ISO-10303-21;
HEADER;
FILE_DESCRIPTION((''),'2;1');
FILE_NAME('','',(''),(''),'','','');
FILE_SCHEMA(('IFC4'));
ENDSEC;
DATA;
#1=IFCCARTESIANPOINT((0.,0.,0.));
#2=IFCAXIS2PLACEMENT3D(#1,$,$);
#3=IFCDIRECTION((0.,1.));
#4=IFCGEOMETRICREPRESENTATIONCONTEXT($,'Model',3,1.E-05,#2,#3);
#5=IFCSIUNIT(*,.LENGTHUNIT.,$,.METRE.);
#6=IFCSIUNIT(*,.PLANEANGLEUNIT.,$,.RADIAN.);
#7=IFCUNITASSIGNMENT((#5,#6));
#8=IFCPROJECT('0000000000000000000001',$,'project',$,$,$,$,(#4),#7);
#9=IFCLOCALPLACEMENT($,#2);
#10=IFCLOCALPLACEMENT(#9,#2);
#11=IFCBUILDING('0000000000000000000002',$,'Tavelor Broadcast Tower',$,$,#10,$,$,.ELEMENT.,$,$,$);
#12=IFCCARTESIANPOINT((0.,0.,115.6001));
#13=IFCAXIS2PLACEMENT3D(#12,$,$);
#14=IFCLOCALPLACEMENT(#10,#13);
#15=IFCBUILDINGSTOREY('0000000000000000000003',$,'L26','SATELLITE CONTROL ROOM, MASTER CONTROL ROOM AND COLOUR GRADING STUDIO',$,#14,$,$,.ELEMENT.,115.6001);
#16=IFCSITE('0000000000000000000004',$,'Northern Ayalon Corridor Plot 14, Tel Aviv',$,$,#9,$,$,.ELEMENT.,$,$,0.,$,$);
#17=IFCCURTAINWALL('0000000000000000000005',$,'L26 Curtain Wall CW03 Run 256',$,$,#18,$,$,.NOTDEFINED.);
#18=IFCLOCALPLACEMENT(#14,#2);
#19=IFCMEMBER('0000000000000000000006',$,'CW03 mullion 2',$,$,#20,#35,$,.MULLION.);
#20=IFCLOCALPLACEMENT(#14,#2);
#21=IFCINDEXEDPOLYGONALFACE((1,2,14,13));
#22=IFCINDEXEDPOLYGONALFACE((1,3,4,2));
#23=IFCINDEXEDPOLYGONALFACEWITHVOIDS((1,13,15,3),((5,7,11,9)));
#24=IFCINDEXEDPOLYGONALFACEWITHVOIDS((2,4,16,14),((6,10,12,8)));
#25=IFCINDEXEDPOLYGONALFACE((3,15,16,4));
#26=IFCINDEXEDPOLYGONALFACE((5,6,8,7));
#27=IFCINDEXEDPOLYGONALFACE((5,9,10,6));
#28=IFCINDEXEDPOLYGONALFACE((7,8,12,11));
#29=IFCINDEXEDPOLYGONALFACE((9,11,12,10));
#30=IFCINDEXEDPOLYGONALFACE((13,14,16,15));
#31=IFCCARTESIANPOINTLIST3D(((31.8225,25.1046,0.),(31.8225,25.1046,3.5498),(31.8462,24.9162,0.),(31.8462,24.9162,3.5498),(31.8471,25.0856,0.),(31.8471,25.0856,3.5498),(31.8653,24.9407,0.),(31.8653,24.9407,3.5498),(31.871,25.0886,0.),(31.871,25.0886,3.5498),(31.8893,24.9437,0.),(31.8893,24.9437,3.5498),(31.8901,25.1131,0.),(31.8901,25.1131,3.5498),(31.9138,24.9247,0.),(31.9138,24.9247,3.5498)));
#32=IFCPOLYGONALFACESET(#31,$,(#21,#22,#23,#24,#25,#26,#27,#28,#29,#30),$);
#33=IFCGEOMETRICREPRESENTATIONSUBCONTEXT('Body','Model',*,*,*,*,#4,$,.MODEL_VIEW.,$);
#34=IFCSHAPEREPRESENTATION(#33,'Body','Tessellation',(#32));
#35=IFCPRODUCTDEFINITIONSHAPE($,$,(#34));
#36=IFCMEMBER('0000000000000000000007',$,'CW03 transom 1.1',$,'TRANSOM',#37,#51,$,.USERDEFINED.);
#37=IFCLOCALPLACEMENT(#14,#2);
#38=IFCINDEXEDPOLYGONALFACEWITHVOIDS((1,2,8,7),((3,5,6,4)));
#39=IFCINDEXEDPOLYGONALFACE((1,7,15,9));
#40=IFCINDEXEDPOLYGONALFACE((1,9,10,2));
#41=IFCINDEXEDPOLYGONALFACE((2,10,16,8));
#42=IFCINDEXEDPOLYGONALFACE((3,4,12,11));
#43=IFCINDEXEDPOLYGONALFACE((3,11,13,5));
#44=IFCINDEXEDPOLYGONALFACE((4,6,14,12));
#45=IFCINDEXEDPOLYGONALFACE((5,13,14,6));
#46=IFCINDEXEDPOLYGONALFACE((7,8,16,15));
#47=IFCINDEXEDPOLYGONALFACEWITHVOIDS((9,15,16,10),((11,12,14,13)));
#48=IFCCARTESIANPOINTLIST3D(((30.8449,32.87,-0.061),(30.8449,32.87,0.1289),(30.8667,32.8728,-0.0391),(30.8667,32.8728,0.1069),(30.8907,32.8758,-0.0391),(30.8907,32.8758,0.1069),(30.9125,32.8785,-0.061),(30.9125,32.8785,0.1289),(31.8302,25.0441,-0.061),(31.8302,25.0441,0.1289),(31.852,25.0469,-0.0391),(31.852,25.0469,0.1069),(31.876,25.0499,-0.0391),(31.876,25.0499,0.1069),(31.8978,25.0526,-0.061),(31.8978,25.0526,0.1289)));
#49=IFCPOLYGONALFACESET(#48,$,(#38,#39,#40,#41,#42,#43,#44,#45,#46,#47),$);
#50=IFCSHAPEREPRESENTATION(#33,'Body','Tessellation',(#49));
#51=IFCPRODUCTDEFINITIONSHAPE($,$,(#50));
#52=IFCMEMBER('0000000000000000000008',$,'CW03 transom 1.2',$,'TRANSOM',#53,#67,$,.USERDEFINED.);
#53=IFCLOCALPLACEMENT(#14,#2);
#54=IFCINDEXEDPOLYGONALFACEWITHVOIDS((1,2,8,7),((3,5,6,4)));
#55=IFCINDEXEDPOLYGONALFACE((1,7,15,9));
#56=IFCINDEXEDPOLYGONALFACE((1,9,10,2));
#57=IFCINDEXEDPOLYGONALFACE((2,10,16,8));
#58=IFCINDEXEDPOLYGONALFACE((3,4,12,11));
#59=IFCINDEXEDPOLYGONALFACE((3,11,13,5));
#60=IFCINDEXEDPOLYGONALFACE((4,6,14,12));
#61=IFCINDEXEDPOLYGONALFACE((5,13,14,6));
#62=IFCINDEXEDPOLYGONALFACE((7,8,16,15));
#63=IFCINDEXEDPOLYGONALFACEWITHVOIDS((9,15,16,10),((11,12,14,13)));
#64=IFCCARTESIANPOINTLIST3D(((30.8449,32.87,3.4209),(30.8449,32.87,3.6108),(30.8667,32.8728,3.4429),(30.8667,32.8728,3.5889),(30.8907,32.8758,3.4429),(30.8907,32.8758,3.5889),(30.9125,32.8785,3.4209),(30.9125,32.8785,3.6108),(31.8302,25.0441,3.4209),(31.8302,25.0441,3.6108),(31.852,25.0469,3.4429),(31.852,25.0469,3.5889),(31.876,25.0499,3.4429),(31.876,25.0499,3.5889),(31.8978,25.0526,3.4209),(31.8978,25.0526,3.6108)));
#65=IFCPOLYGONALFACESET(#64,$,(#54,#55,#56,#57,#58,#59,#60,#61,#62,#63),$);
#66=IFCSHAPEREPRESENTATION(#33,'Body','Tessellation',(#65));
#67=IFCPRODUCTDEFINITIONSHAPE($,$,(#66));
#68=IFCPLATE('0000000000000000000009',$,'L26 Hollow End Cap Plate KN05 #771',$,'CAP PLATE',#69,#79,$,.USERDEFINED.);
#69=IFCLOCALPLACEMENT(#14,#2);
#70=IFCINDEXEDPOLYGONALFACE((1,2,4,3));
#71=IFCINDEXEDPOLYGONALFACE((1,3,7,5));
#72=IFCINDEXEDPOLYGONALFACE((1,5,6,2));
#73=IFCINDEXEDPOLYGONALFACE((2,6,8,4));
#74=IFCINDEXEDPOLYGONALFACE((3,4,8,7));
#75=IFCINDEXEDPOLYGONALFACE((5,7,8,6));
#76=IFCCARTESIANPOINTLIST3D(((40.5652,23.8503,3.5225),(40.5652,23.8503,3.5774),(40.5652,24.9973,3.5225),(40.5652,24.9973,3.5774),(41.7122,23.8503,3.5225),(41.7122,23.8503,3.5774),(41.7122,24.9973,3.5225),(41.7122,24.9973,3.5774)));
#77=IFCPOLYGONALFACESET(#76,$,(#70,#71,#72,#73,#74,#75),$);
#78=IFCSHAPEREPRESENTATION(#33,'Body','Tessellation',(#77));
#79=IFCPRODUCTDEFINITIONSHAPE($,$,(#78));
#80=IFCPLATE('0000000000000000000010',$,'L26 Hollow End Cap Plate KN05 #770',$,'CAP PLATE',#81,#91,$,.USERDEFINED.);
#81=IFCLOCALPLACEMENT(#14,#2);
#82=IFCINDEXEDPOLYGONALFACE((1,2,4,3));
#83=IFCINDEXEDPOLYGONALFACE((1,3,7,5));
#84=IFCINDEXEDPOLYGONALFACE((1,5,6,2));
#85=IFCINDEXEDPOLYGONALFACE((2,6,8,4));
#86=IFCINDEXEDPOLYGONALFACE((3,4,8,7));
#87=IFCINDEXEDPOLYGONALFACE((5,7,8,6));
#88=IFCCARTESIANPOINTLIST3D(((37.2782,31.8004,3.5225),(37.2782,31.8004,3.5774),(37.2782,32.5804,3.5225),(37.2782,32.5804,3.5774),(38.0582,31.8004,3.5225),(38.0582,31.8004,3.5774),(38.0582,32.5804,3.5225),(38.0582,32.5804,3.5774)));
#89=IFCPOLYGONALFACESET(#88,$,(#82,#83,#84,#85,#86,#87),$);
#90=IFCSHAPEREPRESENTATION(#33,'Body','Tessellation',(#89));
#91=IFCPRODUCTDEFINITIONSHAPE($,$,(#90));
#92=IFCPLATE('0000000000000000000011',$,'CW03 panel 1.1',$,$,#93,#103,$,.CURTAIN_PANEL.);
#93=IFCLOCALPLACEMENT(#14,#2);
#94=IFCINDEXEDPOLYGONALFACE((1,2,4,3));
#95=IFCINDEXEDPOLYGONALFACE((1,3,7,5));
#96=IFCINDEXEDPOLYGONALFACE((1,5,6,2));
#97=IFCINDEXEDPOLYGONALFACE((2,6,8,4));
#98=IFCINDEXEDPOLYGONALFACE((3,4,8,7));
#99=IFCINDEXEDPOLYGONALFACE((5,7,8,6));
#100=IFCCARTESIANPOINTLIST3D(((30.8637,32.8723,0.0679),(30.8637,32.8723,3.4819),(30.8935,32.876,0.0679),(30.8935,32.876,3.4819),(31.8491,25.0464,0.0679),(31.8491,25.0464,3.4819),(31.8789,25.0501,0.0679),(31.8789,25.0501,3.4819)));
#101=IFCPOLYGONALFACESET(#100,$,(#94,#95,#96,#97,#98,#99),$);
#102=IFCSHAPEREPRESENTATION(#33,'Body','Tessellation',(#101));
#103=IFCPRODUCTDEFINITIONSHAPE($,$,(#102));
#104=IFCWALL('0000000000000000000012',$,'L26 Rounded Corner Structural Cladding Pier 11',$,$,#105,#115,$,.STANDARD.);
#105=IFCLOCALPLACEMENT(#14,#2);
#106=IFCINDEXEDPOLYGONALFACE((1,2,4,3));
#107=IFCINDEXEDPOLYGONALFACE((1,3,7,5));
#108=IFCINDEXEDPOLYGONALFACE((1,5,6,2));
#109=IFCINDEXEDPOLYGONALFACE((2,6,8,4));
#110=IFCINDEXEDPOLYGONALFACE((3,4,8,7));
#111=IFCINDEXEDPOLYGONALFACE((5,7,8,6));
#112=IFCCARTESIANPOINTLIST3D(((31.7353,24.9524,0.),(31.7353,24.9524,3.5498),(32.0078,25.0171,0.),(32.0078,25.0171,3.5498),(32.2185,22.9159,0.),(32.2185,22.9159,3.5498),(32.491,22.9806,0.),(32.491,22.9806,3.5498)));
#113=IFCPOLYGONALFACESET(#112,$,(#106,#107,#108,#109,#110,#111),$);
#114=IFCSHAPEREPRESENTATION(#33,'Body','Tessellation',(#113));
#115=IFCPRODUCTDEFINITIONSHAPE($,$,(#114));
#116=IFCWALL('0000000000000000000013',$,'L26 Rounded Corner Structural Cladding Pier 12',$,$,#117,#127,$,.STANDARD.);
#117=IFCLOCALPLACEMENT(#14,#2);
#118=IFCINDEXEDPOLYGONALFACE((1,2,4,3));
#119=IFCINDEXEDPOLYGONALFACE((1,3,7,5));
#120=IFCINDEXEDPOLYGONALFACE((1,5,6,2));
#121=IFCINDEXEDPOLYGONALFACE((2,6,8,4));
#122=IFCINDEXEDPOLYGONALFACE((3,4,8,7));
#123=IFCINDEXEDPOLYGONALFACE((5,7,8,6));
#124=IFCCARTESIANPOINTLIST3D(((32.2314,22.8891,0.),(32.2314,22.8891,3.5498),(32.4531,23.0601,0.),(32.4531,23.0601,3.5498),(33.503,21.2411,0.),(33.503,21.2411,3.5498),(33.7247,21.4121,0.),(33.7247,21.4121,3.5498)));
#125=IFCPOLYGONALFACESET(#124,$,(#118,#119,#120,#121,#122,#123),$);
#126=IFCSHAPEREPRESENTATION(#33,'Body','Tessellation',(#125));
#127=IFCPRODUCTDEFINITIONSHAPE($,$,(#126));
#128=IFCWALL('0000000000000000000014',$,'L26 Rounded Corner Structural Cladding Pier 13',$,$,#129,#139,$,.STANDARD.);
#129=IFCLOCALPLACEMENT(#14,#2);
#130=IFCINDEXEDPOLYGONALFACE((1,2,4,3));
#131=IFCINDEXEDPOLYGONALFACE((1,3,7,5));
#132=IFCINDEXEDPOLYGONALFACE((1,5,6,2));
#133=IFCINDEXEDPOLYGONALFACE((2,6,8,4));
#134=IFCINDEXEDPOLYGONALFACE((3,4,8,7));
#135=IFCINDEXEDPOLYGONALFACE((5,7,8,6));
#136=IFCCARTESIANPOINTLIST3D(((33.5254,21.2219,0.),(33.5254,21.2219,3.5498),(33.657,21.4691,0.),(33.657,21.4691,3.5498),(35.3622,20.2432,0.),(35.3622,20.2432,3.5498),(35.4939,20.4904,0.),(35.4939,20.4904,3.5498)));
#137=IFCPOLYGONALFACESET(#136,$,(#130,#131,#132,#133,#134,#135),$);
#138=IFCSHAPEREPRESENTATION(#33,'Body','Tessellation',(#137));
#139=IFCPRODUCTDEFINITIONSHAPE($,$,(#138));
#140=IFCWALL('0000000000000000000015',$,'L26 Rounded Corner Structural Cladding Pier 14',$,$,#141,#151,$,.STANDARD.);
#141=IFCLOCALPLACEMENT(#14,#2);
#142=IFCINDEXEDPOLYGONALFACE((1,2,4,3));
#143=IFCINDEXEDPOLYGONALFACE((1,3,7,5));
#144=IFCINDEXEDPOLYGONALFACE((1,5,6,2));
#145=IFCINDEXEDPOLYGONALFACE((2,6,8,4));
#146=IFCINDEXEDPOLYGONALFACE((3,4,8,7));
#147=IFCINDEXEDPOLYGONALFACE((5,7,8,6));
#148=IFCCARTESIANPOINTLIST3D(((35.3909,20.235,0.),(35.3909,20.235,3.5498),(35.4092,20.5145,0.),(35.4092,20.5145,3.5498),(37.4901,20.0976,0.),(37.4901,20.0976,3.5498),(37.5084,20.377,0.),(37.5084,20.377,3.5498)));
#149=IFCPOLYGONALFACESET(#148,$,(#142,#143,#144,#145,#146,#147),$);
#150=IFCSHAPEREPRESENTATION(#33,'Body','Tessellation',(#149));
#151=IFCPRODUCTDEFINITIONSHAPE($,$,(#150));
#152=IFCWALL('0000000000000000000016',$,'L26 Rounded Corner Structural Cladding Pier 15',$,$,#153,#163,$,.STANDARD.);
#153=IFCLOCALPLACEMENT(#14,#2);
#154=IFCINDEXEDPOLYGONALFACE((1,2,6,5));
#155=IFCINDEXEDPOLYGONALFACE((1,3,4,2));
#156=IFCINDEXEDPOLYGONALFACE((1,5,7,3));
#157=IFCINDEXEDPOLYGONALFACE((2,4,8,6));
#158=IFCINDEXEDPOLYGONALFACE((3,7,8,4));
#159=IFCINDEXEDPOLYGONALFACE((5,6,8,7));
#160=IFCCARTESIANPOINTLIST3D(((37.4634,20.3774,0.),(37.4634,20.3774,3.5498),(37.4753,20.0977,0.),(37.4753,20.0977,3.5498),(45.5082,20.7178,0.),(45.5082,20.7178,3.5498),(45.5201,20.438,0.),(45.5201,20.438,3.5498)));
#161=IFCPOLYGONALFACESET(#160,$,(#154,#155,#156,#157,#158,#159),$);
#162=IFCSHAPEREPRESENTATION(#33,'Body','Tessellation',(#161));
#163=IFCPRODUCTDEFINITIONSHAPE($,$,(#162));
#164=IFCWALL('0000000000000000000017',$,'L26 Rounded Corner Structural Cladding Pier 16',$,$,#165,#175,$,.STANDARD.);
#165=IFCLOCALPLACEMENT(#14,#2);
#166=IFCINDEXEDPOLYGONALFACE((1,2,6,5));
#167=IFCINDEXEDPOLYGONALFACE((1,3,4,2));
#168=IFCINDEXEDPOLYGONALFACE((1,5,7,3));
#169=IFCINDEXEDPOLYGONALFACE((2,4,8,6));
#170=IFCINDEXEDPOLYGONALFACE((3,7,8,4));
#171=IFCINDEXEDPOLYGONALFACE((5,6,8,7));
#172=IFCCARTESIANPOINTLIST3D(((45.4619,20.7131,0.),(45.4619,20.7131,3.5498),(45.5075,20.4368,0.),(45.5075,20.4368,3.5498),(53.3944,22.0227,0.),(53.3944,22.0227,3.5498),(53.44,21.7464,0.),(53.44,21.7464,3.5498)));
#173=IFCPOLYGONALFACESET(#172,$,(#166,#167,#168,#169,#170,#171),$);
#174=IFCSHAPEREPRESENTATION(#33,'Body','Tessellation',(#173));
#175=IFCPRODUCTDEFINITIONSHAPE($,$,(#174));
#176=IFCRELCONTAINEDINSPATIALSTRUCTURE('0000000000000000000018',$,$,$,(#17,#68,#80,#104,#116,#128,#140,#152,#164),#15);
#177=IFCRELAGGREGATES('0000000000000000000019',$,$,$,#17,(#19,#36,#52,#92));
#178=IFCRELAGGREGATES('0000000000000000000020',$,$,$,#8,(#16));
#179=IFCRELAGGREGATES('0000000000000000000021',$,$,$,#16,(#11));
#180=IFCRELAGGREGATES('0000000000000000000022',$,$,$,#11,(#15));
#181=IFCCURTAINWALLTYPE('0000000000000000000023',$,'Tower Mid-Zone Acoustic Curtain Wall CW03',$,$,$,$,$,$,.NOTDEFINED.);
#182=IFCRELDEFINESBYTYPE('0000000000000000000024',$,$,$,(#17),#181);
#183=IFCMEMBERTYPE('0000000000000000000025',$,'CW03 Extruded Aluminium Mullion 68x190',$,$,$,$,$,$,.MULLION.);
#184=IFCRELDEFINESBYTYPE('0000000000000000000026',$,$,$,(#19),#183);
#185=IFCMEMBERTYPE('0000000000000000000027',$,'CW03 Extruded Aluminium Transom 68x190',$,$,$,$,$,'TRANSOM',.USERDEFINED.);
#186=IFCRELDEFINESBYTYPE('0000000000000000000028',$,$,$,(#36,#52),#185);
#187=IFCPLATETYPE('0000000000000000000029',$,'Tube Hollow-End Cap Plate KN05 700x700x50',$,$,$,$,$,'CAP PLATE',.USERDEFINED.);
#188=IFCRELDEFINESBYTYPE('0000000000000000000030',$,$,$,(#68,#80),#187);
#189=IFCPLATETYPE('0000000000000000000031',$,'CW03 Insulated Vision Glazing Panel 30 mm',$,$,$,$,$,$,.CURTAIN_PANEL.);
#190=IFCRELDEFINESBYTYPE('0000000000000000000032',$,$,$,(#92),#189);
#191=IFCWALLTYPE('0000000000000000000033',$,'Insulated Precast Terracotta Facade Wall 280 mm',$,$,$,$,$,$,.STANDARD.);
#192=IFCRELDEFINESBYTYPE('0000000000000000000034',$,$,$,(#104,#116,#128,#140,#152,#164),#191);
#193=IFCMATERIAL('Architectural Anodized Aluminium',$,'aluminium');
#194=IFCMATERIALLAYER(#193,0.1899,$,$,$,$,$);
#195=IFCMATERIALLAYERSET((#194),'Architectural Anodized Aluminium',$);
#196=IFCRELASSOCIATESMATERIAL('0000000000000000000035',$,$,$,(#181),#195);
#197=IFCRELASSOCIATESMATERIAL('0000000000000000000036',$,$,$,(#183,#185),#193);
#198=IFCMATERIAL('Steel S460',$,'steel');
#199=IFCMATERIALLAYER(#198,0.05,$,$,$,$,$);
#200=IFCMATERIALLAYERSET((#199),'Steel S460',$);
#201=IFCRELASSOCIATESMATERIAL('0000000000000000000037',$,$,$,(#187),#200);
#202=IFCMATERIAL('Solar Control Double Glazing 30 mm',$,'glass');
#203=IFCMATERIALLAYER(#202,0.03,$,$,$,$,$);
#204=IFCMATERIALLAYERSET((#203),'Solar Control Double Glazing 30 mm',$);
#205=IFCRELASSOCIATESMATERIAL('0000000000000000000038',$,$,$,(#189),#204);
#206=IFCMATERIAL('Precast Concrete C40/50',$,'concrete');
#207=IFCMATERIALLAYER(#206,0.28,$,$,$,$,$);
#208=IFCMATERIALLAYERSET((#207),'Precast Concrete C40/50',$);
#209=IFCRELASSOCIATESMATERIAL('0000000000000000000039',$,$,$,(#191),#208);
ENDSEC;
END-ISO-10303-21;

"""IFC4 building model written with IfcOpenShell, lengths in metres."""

from ifc_helpers import new_model, si_unit, direction, frame, frame_2d, origin, origin_2d, place, context, subcontext, project, spatial, rectangle, hollow_rectangle, extrude, source, transform, mapped, material, layer, layer_set, material_profile, profile_set, type_object, type_shapes, element, aggregate, save


model = new_model("IFC4")

# Units and contexts
model_context = context("Model", 3, precision=1e-05, world=origin(), true_north=direction((0.0, 1.0)))
body_context = subcontext(model_context, "Body", "Model", "MODEL_VIEW")
ifc_project = project(units=[si_unit("LENGTHUNIT", "METRE"), si_unit("PLANEANGLEUNIT", "RADIAN")], contexts=[model_context])

# Site, building, storey
site_placement = place(None, origin())
site = spatial("IfcSite", under=ifc_project, at=site_placement, Name="Northern Ayalon Corridor Plot 14, Tel Aviv", CompositionType="ELEMENT", RefElevation=0.0)
building_placement = place(site_placement, origin())
building = spatial("IfcBuilding", under=site, at=building_placement, Name="Tavelor Broadcast Tower", CompositionType="ELEMENT")
storey_placement = place(building_placement, frame((0.0, 0.0, 115.6001)))
storey = spatial("IfcBuildingStorey", under=building, at=storey_placement, Name="L26", Description="SATELLITE CONTROL ROOM, MASTER CONTROL ROOM AND COLOUR GRADING STUDIO", CompositionType="ELEMENT", Elevation=115.6001)

# Shared definitions
ifc_material_1 = material(Name="Steel S460", Category="steel")

# Curtain wall, members
ifc_material_2 = material(Name="Architectural Anodized Aluminium", Category="aluminium")
ifc_layer_1 = layer(ifc_material_2, 0.1899)
ifc_layer_set_1 = layer_set([ifc_layer_1], Name="Architectural Anodized Aluminium")
curtain_wall_type = type_object("IfcCurtainWallType", Name="Tower Mid-Zone Acoustic Curtain Wall CW03", PredefinedType="NOTDEFINED", material=ifc_layer_set_1)
curtain_wall_placement = place(storey_placement, origin())
curtain_wall = element("IfcCurtainWall", 1, at=curtain_wall_placement, inside=storey, type_object=curtain_wall_type, Name="L26 Curtain Wall CW03 Run 256", PredefinedType="NOTDEFINED")
ifc_material_profile_1 = material_profile(ifc_material_2, hollow_rectangle(XDim=0.0681, YDim=0.1899, WallThickness=0.022, at=origin_2d()), Name="RHS 68x190x22")
ifc_profile_set_1 = profile_set([ifc_material_profile_1], Name="Architectural Anodized Aluminium")
member_type_1 = type_object("IfcMemberType", Name="CW03 Extruded Aluminium Mullion 68x190", PredefinedType="MULLION", material=ifc_profile_set_1)
shared_shape_1 = source(origin(), body_context, "Body", "SweptSolid", [
    extrude(hollow_rectangle(XDim=0.0681, YDim=0.1899, WallThickness=0.022, at=origin_2d()), origin(), (0.0, 0.0, 1.0), 3.5498),
])
type_shapes(member_type_1, [shared_shape_1])
member_1_placement = place(storey_placement, frame((31.8682, 25.0146, 0.0), z_axis=(0.0, 0.0, 1.0), x_axis=(0.992166, 0.124929, 0.0)))
member_1 = element("IfcMember", 2, at=member_1_placement, type_object=member_type_1, Name="CW03 mullion 2", PredefinedType="MULLION", context=body_context, shape_type="MappedRepresentation", body=[
    mapped(shared_shape_1, transform((0.0, 0.0, 0.0), scale=1.0)),
])
ifc_material_profile_2 = material_profile(ifc_material_2, hollow_rectangle(XDim=0.0681, YDim=0.1899, WallThickness=0.022, at=origin_2d()), Name="RHS 68x190x22")
ifc_profile_set_2 = profile_set([ifc_material_profile_2], Name="Architectural Anodized Aluminium")
member_type_2 = type_object("IfcMemberType", Name="CW03 Extruded Aluminium Transom 68x190", ElementType="TRANSOM", PredefinedType="USERDEFINED", material=ifc_profile_set_2)
shared_shape_2 = source(origin(), body_context, "Body", "SweptSolid", [
    extrude(hollow_rectangle(XDim=0.0681, YDim=0.1899, WallThickness=0.022, at=origin_2d()), origin(), (0.0, 0.0, 1.0), 7.8877),
])
type_shapes(member_type_2, [shared_shape_2])
member_2_placement = place(storey_placement, frame((30.8787, 32.8743, 0.0339), z_axis=(0.124922, -0.992167, 0.0), x_axis=(0.992167, 0.124922, 0.0)))
member_2 = element("IfcMember", 3, at=member_2_placement, type_object=member_type_2, Name="CW03 transom 1.1", ObjectType="TRANSOM", PredefinedType="USERDEFINED", context=body_context, shape_type="MappedRepresentation", body=[
    mapped(shared_shape_2, transform((0.0, 0.0, 0.0), scale=1.0)),
])
member_3_placement = place(storey_placement, frame((30.8787, 32.8743, 3.5159), z_axis=(0.124922, -0.992167, 0.0), x_axis=(0.992167, 0.124922, 0.0)))
member_3 = element("IfcMember", 4, at=member_3_placement, type_object=member_type_2, Name="CW03 transom 1.2", ObjectType="TRANSOM", PredefinedType="USERDEFINED", context=body_context, shape_type="MappedRepresentation", body=[
    mapped(shared_shape_2, transform((0.0, 0.0, 0.0), scale=1.0)),
])

# Plates
ifc_layer_2 = layer(ifc_material_1, 0.05)
ifc_layer_set_2 = layer_set([ifc_layer_2], Name="Steel S460")
plate_type_1 = type_object("IfcPlateType", Name="Tube Hollow-End Cap Plate KN05 700x700x50", ElementType="CAP PLATE", PredefinedType="USERDEFINED", material=ifc_layer_set_2)
shared_shape_3 = source(origin(), body_context, "Body", "SweptSolid", [
    extrude(rectangle(XDim=1.147, YDim=1.147, at=origin_2d()), origin(), (0.0, 0.0, 1.0), 0.0549),
])
plate_1_placement = place(storey_placement, frame((41.1387, 24.4238, 3.5225), z_axis=(0.0, 0.0, 1.0), x_axis=(1.0, 0.0, 0.0)))
element("IfcPlate", 5, at=plate_1_placement, inside=storey, type_object=plate_type_1, Name="L26 Hollow End Cap Plate KN05 #771", ObjectType="CAP PLATE", PredefinedType="USERDEFINED", context=body_context, shape_type="MappedRepresentation", body=[
    mapped(shared_shape_3, transform((0.0, 0.0, 0.0), scale=1.0)),
])
shared_shape_4 = source(origin(), body_context, "Body", "SweptSolid", [
    extrude(rectangle(XDim=0.78, YDim=0.78, at=origin_2d()), origin(), (0.0, 0.0, 1.0), 0.0549),
])
type_shapes(plate_type_1, [shared_shape_3, shared_shape_4])
plate_2_placement = place(storey_placement, frame((37.6682, 32.1904, 3.5225), z_axis=(0.0, 0.0, 1.0), x_axis=(1.0, 0.0, 0.0)))
element("IfcPlate", 6, at=plate_2_placement, inside=storey, type_object=plate_type_1, Name="L26 Hollow End Cap Plate KN05 #770", ObjectType="CAP PLATE", PredefinedType="USERDEFINED", context=body_context, shape_type="MappedRepresentation", body=[
    mapped(shared_shape_4, transform((0.0, 0.0, 0.0), scale=1.0)),
])

# Plate
ifc_material_3 = material(Name="Solar Control Double Glazing 30 mm", Category="glass")
ifc_layer_3 = layer(ifc_material_3, 0.03)
ifc_layer_set_3 = layer_set([ifc_layer_3], Name="Solar Control Double Glazing 30 mm")
plate_type_2 = type_object("IfcPlateType", Name="CW03 Insulated Vision Glazing Panel 30 mm", PredefinedType="CURTAIN_PANEL", material=ifc_layer_set_3)
shared_shape_5 = source(origin(), body_context, "Body", "SweptSolid", [
    extrude(rectangle(XDim=7.8877, YDim=0.03, at=origin_2d()), origin(), (0.0, 0.0, 1.0), 3.4141),
])
type_shapes(plate_type_2, [shared_shape_5])
plate_3_placement = place(storey_placement, frame((31.3713, 28.9612, 0.0679), z_axis=(0.0, 0.0, 1.0), x_axis=(0.124929, -0.992166, 0.0)))
plate_3 = element("IfcPlate", 7, at=plate_3_placement, type_object=plate_type_2, Name="CW03 panel 1.1", PredefinedType="CURTAIN_PANEL", context=body_context, shape_type="MappedRepresentation", body=[
    mapped(shared_shape_5, transform((0.0, 0.0, 0.0), scale=1.0)),
])
aggregate(curtain_wall, [member_1, member_2, member_3, plate_3])

# Walls
ifc_material_4 = material(Name="Precast Concrete C40/50", Category="concrete")
ifc_layer_4 = layer(ifc_material_4, 0.28)
ifc_layer_set_4 = layer_set([ifc_layer_4], Name="Precast Concrete C40/50")
wall_type_1 = type_object("IfcWallType", Name="Insulated Precast Terracotta Facade Wall 280 mm", PredefinedType="STANDARD", material=ifc_layer_set_4)
wall_1_placement = place(storey_placement, frame((31.8716, 24.9846, 0.0), z_axis=(0.0, 0.0, 1.0), x_axis=(0.230853, -0.972989, 0.0)))
element("IfcWall", 8, at=wall_1_placement, inside=storey, type_object=wall_type_1, Name="L26 Rounded Corner Structural Cladding Pier 11", PredefinedType="STANDARD", context=body_context, shape_type="SweptSolid", body=[
    extrude(rectangle(XDim=2.093, YDim=0.28, at=frame_2d((1.0464, 0.0))), origin(), (0.0, 0.0, 1.0), 3.5498),
])
wall_2_placement = place(storey_placement, frame((32.3423, 22.9746, 0.0), z_axis=(0.0, 0.0, 1.0), x_axis=(0.610866, -0.791734, 0.0)))
element("IfcWall", 9, at=wall_2_placement, inside=storey, type_object=wall_type_1, Name="L26 Rounded Corner Structural Cladding Pier 12", PredefinedType="STANDARD", context=body_context, shape_type="SweptSolid", body=[
    extrude(rectangle(XDim=2.0815, YDim=0.28, at=frame_2d((1.0408, 0.0))), origin(), (0.0, 0.0, 1.0), 3.5498),
])
wall_3_placement = place(storey_placement, frame((33.5913, 21.3455, 0.0), z_axis=(0.0, 0.0, 1.0), x_axis=(0.882538, -0.470241, 0.0)))
element("IfcWall", 10, at=wall_3_placement, inside=storey, type_object=wall_type_1, Name="L26 Rounded Corner Structural Cladding Pier 13", PredefinedType="STANDARD", context=body_context, shape_type="SweptSolid", body=[
    extrude(rectangle(XDim=2.0813, YDim=0.28, at=frame_2d((1.0405, 0.0))), origin(), (0.0, 0.0, 1.0), 3.5498),
])
wall_4_placement = place(storey_placement, frame((35.4001, 20.3748, 0.0), z_axis=(0.0, 0.0, 1.0), x_axis=(0.997864, -0.065333, 0.0)))
element("IfcWall", 11, at=wall_4_placement, inside=storey, type_object=wall_type_1, Name="L26 Rounded Corner Structural Cladding Pier 14", PredefinedType="STANDARD", context=body_context, shape_type="SweptSolid", body=[
    extrude(rectangle(XDim=2.1038, YDim=0.28, at=frame_2d((1.0518, 0.0))), origin(), (0.0, 0.0, 1.0), 3.5498),
])
wall_5_placement = place(storey_placement, frame((37.4695, 20.2375, 0.0), z_axis=(0.0, 0.0, 1.0), x_axis=(0.999106, 0.042266, 0.0)))
element("IfcWall", 12, at=wall_5_placement, inside=storey, type_object=wall_type_1, Name="L26 Rounded Corner Structural Cladding Pier 15", PredefinedType="STANDARD", context=body_context, shape_type="SweptSolid", body=[
    extrude(rectangle(XDim=8.052, YDim=0.28, at=frame_2d((4.0259, 0.0))), origin(), (0.0, 0.0, 1.0), 3.5498),
])
wall_6_placement = place(storey_placement, frame((45.4846, 20.575, 0.0), z_axis=(0.0, 0.0, 1.0), x_axis=(0.986645, 0.162887, 0.0)))
element("IfcWall", 13, at=wall_6_placement, inside=storey, type_object=wall_type_1, Name="L26 Rounded Corner Structural Cladding Pier 16", PredefinedType="STANDARD", context=body_context, shape_type="SweptSolid", body=[
    extrude(rectangle(XDim=8.0398, YDim=0.28, at=frame_2d((4.02, 0.0))), origin(), (0.0, 0.0, 1.0), 3.5498),
])

save(model, "model.ifc")
